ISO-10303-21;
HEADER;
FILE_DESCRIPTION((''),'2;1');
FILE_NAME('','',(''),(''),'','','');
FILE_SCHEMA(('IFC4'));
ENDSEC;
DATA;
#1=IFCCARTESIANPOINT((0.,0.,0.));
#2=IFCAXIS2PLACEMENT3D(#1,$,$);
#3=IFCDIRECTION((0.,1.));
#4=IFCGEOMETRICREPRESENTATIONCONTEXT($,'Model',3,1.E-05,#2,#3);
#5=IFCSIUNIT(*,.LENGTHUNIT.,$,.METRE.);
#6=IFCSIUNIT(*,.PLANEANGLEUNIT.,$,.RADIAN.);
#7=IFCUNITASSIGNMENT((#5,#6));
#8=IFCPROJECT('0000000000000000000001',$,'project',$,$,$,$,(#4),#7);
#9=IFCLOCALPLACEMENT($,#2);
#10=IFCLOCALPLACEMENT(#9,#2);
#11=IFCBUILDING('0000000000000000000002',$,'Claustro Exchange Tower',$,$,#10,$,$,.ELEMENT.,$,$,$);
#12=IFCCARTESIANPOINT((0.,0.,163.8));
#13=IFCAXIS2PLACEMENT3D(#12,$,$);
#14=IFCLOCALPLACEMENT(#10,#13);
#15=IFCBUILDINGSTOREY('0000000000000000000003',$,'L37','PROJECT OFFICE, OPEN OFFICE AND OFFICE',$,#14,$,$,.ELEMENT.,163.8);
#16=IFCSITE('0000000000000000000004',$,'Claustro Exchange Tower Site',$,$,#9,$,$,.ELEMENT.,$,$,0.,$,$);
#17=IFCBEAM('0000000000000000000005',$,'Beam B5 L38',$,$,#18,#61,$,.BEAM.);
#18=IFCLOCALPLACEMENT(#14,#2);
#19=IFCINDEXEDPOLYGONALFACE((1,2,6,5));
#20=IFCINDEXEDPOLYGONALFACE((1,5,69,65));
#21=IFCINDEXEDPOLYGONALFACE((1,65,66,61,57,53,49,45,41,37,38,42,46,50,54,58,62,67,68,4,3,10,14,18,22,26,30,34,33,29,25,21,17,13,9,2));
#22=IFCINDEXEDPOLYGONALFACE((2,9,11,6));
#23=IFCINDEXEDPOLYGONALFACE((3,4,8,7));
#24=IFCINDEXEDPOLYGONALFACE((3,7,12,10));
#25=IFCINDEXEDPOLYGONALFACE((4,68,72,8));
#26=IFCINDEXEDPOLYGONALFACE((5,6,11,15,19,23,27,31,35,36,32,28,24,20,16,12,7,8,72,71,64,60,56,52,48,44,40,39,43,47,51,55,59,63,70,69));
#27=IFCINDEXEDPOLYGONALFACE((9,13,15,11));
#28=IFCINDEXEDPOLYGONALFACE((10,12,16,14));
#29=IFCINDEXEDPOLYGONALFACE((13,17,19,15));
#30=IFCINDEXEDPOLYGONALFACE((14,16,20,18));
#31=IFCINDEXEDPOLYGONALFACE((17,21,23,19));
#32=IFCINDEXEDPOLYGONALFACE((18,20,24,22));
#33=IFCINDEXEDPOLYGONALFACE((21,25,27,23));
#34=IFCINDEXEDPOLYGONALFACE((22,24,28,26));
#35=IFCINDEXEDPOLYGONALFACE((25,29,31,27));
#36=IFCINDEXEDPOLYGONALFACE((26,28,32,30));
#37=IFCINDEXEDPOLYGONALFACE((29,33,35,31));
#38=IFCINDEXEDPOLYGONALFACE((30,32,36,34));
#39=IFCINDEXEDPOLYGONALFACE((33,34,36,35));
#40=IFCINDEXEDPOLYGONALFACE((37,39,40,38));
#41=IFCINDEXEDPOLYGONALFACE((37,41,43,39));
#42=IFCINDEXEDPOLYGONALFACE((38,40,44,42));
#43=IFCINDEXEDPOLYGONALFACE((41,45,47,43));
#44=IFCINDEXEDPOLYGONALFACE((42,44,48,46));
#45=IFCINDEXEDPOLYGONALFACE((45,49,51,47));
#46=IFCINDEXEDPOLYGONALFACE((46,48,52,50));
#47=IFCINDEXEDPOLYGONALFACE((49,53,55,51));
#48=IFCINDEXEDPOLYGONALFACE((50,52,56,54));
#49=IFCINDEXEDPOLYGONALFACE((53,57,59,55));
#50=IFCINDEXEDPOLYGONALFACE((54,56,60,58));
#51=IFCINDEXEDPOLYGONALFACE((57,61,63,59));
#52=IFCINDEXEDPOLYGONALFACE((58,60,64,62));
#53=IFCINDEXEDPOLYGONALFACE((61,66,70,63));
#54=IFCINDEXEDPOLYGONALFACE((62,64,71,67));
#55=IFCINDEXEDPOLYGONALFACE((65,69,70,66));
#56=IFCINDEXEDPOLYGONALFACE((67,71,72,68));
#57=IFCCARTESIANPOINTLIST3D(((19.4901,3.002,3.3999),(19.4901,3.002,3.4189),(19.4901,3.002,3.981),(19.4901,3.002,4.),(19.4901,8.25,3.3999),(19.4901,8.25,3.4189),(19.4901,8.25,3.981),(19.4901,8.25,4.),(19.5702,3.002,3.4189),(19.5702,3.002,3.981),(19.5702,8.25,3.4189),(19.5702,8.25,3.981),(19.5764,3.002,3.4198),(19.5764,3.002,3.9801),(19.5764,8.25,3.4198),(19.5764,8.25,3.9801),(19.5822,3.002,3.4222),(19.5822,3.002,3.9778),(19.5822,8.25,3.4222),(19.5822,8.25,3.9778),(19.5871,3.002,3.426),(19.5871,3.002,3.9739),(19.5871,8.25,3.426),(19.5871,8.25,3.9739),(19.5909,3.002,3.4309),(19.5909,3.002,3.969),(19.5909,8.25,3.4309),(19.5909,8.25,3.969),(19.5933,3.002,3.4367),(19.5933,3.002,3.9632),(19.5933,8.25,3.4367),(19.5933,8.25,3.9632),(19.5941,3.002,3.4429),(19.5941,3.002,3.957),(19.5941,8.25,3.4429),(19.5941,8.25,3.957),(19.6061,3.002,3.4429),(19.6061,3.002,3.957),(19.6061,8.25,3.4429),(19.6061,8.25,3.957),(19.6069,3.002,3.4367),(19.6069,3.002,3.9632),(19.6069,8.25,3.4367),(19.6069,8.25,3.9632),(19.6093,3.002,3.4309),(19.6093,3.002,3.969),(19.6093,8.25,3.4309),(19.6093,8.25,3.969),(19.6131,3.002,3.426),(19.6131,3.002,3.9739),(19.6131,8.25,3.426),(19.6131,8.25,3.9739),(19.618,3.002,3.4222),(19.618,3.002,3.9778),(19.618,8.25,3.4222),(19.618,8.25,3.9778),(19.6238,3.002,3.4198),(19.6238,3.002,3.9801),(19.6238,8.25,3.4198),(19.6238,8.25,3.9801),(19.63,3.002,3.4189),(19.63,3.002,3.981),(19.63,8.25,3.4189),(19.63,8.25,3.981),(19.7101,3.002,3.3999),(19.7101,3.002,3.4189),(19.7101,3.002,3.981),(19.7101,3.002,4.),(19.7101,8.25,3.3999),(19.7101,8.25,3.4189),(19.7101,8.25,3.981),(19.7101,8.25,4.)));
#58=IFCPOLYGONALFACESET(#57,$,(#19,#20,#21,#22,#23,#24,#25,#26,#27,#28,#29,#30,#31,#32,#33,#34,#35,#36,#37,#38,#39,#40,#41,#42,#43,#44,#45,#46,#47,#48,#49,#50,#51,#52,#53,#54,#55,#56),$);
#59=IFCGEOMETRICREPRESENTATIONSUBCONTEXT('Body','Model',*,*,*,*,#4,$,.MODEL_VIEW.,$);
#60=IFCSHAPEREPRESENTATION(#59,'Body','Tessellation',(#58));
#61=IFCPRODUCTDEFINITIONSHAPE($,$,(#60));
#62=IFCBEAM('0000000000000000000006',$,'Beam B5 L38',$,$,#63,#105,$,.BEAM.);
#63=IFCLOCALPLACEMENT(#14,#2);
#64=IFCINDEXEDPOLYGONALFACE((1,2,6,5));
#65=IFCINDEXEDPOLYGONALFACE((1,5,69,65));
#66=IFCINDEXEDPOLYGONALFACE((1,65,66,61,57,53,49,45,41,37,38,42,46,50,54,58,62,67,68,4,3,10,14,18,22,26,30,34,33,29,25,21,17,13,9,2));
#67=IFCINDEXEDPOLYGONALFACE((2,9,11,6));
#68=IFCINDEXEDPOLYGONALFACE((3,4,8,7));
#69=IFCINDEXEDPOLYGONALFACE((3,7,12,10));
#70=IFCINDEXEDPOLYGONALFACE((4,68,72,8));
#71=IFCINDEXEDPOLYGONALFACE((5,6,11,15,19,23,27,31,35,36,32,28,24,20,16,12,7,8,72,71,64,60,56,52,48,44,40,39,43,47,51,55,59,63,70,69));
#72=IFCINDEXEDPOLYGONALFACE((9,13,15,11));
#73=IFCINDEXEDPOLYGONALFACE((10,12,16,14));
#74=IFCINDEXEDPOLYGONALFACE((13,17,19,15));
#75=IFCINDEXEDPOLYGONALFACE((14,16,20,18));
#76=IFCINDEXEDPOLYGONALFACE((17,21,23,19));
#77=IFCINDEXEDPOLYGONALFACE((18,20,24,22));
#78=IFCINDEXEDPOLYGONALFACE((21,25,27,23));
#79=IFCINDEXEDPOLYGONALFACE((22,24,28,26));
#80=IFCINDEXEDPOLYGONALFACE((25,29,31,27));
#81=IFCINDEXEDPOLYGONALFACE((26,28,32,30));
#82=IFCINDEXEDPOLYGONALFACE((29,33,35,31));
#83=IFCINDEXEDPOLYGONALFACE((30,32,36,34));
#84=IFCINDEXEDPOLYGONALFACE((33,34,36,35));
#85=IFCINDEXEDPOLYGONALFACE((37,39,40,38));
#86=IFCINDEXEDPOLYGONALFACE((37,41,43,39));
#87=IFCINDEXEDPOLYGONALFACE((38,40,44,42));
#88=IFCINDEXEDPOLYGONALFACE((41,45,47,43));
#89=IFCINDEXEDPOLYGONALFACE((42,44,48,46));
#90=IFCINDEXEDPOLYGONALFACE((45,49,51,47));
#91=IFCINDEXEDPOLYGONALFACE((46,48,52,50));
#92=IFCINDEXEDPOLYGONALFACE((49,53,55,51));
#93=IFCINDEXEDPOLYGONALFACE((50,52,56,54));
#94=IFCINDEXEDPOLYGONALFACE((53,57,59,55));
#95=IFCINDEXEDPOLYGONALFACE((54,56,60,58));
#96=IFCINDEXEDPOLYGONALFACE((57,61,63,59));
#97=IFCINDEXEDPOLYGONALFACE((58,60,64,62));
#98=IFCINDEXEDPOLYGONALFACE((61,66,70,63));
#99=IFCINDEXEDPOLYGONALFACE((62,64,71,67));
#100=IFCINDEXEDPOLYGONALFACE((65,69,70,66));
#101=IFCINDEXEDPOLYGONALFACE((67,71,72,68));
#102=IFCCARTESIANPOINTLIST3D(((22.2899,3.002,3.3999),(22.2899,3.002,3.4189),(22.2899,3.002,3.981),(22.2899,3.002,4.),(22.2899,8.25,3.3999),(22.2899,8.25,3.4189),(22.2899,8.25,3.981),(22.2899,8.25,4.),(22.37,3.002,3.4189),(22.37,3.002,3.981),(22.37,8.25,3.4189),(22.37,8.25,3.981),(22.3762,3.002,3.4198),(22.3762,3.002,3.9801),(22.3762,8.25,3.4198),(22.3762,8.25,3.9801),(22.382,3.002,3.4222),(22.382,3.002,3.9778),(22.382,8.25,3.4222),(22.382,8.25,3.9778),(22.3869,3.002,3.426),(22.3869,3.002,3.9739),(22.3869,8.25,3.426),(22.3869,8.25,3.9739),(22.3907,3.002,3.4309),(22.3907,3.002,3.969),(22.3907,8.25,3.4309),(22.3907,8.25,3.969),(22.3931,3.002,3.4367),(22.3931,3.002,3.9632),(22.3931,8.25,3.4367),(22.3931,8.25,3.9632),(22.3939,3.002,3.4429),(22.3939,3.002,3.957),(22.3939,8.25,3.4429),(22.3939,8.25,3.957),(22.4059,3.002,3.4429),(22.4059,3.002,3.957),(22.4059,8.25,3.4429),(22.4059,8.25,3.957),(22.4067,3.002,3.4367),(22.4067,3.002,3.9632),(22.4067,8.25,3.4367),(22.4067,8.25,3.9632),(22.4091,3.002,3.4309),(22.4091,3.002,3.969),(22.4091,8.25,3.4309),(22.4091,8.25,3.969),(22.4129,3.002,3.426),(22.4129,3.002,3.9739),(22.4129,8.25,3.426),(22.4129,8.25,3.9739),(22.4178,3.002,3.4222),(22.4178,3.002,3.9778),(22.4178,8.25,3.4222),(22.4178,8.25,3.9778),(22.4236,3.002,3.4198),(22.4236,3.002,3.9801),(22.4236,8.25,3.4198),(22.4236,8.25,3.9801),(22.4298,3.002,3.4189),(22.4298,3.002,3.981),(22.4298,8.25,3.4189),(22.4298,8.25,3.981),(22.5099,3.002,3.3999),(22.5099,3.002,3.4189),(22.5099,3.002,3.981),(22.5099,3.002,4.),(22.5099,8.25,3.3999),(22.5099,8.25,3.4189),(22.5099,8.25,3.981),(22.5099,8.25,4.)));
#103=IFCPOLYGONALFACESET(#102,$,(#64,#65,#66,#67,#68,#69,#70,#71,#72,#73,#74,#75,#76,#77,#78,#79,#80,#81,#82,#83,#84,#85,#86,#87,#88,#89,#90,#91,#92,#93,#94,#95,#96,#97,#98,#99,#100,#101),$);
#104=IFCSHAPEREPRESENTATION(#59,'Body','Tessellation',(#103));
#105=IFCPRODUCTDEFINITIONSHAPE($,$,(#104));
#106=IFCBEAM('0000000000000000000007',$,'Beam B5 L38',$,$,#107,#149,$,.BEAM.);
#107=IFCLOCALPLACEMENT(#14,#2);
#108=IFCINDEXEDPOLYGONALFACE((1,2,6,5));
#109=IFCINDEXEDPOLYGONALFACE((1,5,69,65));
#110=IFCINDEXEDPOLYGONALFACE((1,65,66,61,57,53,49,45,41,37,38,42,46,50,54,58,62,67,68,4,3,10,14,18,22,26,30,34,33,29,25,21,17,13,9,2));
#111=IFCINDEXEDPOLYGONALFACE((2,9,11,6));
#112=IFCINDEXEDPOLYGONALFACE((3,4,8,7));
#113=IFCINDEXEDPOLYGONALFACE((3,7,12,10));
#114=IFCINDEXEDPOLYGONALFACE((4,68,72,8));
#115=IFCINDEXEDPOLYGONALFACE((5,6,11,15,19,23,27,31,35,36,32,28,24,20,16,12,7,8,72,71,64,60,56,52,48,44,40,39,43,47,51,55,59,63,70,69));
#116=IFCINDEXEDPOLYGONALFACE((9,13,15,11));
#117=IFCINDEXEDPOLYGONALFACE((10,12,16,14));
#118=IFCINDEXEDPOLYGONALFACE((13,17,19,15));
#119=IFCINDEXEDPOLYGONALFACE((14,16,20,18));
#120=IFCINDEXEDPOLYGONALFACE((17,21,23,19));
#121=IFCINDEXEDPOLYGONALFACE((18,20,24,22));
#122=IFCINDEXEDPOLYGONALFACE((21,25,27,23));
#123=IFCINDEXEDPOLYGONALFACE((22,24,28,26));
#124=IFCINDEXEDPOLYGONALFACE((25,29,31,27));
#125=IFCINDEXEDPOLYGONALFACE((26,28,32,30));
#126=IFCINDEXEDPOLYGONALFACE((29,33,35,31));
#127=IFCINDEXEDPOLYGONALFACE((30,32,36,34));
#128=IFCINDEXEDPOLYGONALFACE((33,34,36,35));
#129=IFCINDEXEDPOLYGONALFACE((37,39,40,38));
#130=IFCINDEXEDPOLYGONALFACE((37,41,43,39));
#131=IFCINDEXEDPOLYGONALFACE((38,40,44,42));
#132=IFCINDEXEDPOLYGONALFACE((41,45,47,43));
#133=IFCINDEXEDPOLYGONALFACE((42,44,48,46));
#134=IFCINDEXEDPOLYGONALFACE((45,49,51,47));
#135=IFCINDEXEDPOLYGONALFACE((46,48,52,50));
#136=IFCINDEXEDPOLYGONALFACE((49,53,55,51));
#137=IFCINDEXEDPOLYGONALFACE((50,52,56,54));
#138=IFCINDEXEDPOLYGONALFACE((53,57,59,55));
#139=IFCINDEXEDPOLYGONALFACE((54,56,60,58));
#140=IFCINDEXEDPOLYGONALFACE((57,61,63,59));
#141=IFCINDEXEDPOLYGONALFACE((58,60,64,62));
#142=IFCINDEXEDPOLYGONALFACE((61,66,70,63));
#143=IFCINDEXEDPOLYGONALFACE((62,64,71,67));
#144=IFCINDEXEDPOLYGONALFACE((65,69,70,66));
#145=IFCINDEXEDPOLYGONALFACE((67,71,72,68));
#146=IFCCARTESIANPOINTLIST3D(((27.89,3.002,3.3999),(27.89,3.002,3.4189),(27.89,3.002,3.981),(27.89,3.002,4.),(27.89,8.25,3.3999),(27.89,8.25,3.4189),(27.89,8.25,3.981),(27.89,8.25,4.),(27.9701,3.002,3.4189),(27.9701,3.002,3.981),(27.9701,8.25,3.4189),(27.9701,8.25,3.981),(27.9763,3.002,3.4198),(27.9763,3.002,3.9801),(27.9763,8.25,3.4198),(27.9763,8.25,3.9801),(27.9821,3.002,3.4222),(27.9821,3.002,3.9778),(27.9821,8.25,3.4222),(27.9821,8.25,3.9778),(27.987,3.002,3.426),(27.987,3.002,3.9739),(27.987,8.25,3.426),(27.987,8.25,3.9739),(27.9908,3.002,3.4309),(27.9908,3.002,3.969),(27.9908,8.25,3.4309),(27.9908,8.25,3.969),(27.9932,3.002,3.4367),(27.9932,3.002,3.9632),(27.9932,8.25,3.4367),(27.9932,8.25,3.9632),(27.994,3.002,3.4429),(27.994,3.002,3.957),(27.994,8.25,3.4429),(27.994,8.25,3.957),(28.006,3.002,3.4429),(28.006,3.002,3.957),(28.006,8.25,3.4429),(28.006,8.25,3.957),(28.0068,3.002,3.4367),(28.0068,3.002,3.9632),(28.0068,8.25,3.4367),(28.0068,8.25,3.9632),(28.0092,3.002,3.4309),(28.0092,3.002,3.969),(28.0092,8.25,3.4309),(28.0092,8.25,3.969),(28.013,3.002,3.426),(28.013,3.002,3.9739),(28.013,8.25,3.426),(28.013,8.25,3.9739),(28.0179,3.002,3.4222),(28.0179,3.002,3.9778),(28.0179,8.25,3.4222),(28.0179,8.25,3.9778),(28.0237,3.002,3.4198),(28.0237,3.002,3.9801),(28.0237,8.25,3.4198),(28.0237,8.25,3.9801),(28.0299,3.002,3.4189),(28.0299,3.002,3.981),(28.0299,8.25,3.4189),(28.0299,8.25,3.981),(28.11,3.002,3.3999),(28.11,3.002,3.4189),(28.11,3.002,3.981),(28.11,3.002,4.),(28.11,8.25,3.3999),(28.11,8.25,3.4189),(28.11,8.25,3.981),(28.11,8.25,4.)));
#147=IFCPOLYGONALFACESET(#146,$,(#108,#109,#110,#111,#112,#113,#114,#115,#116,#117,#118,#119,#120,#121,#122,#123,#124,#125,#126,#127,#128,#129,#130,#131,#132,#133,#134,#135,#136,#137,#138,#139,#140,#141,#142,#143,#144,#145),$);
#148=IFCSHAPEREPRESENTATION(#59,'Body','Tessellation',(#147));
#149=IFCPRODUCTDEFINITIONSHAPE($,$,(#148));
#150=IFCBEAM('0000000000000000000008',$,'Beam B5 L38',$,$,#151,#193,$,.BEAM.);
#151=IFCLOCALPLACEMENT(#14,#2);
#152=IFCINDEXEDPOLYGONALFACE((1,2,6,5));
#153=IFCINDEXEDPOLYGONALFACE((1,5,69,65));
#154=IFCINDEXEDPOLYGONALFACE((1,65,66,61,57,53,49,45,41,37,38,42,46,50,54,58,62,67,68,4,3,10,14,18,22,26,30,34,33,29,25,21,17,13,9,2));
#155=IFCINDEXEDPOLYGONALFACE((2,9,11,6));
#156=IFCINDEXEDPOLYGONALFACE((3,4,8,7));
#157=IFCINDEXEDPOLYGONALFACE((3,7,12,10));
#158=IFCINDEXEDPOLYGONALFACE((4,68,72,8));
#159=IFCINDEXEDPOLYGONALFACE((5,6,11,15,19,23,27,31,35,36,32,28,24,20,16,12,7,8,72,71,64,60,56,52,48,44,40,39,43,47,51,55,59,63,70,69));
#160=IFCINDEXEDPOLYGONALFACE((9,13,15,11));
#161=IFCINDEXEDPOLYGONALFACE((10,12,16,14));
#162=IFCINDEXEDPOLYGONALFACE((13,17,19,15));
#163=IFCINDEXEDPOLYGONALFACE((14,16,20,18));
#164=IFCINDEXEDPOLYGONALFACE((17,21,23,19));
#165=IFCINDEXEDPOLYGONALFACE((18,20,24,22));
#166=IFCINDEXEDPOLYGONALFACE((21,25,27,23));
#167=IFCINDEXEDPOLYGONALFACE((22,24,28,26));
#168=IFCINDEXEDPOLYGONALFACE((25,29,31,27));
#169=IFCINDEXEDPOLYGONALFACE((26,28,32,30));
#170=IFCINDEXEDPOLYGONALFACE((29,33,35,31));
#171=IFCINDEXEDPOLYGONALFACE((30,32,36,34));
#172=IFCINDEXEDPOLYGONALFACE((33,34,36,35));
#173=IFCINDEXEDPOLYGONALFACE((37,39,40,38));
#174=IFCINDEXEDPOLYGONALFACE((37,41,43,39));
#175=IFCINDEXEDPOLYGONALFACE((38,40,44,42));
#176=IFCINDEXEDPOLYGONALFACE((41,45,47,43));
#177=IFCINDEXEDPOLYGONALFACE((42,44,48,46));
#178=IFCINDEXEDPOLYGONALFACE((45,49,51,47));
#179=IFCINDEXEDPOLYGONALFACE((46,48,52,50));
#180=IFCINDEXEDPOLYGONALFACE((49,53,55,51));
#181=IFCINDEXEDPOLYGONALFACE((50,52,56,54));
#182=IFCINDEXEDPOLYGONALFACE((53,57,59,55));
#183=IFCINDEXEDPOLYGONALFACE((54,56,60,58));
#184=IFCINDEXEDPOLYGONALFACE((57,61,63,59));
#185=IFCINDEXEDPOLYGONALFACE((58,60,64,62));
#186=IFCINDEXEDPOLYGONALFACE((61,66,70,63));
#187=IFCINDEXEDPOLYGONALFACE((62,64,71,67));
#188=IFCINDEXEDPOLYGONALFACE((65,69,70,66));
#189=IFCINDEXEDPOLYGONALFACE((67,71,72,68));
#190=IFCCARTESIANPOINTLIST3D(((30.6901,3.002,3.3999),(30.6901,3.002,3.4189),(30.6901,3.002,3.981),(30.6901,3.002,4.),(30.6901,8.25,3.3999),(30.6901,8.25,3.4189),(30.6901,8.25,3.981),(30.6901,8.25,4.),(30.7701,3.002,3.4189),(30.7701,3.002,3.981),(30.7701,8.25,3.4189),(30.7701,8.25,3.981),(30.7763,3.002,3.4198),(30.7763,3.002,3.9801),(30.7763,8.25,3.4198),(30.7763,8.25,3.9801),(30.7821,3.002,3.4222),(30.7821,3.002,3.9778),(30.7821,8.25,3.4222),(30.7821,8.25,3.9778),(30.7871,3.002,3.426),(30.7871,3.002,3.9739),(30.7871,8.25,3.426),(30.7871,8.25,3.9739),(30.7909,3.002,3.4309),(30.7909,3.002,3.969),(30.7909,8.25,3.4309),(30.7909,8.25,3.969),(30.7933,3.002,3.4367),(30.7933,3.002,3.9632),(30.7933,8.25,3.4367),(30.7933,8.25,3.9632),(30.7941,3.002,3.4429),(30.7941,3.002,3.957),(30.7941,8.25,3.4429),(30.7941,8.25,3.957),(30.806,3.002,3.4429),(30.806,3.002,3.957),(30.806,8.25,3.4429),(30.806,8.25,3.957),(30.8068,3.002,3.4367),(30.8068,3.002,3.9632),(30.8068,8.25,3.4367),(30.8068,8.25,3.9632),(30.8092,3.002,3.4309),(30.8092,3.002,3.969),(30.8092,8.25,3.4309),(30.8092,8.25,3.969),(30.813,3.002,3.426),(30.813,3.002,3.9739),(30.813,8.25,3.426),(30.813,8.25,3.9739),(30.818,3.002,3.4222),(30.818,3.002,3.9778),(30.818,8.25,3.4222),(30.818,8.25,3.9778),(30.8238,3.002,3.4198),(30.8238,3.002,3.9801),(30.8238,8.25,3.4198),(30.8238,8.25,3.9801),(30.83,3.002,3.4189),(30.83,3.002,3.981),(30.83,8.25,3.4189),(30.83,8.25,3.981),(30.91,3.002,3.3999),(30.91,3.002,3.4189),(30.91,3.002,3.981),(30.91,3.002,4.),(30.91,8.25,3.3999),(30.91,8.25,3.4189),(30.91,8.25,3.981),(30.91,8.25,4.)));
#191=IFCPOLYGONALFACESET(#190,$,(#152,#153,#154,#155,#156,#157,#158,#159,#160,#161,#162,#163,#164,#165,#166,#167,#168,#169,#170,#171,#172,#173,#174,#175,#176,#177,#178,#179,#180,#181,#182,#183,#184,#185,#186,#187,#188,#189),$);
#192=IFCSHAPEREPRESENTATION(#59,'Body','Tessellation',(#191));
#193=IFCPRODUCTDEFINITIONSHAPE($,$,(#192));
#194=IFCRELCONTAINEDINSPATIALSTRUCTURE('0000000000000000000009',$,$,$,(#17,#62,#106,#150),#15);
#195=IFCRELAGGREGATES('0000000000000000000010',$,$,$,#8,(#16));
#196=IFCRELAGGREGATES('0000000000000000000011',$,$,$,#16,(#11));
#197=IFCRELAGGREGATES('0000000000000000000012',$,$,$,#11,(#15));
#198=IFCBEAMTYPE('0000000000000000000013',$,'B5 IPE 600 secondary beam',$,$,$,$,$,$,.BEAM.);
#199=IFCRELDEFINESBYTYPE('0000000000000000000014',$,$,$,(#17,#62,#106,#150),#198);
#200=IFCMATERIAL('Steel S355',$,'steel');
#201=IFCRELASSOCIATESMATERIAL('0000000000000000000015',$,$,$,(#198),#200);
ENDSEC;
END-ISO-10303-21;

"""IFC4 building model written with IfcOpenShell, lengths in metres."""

from ifc_helpers import new_model, si_unit, direction, frame, origin, origin_2d, place, context, subcontext, project, spatial, i_section, extrude, material, material_profile, profile_set, type_object, element, save


model = new_model("IFC4")

# Units and contexts
model_context = context("Model", 3, precision=1e-05, world=origin(), true_north=direction((0.0, 1.0)))
body_context = subcontext(model_context, "Body", "Model", "MODEL_VIEW")
ifc_project = project(units=[si_unit("LENGTHUNIT", "METRE"), si_unit("PLANEANGLEUNIT", "RADIAN")], contexts=[model_context])

# Site, building, storey
site_placement = place(None, origin())
site = spatial("IfcSite", under=ifc_project, at=site_placement, Name="Claustro Exchange Tower Site", CompositionType="ELEMENT", RefElevation=0.0)
building_placement = place(site_placement, origin())
building = spatial("IfcBuilding", under=site, at=building_placement, Name="Claustro Exchange Tower", CompositionType="ELEMENT")
storey_placement = place(building_placement, frame((0.0, 0.0, 163.8)))
storey = spatial("IfcBuildingStorey", under=building, at=storey_placement, Name="L37", Description="PROJECT OFFICE, OPEN OFFICE AND OFFICE", CompositionType="ELEMENT", Elevation=163.8)

# Beams
ifc_material_1 = material(Name="Steel S355", Category="steel")
ifc_material_profile_1 = material_profile(ifc_material_1, i_section(OverallWidth=0.22, OverallDepth=0.6001, WebThickness=0.012, FlangeThickness=0.019, FilletRadius=0.0239, at=origin_2d()), Name="IPE 600")
ifc_profile_set_1 = profile_set([ifc_material_profile_1], Name="Steel S355")
beam_type_1 = type_object("IfcBeamType", Name="B5 IPE 600 secondary beam", PredefinedType="BEAM", material=ifc_profile_set_1)
for number, where, z_axis, x_axis, name in (
    (1, (19.6001, 3.002, 3.7), (0.0, 1.0, 0.0), (-1.0, 0.0, 0.0), "Beam B5 L38"),
    (2, (22.3999, 3.002, 3.7), (0.0, 1.0, 0.0), (-1.0, 0.0, 0.0), "Beam B5 L38"),
    (3, (28.0, 3.002, 3.7), (0.0, 1.0, 0.0), (-1.0, 0.0, 0.0), "Beam B5 L38"),
    (4, (30.8, 3.002, 3.7), (0.0, 1.0, 0.0), (-1.0, 0.0, 0.0), "Beam B5 L38"),
):
    element("IfcBeam", number, at=place(storey_placement, frame(where, z_axis=z_axis, x_axis=x_axis)), inside=storey, type_object=beam_type_1, Name=name, PredefinedType="BEAM", context=body_context, shape_type="SweptSolid", body=[
        extrude(i_section(OverallWidth=0.22, OverallDepth=0.6001, WebThickness=0.012, FlangeThickness=0.019, FilletRadius=0.0239, at=origin_2d()), origin(), (0.0, 0.0, 1.0), 5.248),
    ])

save(model, "model.ifc")
